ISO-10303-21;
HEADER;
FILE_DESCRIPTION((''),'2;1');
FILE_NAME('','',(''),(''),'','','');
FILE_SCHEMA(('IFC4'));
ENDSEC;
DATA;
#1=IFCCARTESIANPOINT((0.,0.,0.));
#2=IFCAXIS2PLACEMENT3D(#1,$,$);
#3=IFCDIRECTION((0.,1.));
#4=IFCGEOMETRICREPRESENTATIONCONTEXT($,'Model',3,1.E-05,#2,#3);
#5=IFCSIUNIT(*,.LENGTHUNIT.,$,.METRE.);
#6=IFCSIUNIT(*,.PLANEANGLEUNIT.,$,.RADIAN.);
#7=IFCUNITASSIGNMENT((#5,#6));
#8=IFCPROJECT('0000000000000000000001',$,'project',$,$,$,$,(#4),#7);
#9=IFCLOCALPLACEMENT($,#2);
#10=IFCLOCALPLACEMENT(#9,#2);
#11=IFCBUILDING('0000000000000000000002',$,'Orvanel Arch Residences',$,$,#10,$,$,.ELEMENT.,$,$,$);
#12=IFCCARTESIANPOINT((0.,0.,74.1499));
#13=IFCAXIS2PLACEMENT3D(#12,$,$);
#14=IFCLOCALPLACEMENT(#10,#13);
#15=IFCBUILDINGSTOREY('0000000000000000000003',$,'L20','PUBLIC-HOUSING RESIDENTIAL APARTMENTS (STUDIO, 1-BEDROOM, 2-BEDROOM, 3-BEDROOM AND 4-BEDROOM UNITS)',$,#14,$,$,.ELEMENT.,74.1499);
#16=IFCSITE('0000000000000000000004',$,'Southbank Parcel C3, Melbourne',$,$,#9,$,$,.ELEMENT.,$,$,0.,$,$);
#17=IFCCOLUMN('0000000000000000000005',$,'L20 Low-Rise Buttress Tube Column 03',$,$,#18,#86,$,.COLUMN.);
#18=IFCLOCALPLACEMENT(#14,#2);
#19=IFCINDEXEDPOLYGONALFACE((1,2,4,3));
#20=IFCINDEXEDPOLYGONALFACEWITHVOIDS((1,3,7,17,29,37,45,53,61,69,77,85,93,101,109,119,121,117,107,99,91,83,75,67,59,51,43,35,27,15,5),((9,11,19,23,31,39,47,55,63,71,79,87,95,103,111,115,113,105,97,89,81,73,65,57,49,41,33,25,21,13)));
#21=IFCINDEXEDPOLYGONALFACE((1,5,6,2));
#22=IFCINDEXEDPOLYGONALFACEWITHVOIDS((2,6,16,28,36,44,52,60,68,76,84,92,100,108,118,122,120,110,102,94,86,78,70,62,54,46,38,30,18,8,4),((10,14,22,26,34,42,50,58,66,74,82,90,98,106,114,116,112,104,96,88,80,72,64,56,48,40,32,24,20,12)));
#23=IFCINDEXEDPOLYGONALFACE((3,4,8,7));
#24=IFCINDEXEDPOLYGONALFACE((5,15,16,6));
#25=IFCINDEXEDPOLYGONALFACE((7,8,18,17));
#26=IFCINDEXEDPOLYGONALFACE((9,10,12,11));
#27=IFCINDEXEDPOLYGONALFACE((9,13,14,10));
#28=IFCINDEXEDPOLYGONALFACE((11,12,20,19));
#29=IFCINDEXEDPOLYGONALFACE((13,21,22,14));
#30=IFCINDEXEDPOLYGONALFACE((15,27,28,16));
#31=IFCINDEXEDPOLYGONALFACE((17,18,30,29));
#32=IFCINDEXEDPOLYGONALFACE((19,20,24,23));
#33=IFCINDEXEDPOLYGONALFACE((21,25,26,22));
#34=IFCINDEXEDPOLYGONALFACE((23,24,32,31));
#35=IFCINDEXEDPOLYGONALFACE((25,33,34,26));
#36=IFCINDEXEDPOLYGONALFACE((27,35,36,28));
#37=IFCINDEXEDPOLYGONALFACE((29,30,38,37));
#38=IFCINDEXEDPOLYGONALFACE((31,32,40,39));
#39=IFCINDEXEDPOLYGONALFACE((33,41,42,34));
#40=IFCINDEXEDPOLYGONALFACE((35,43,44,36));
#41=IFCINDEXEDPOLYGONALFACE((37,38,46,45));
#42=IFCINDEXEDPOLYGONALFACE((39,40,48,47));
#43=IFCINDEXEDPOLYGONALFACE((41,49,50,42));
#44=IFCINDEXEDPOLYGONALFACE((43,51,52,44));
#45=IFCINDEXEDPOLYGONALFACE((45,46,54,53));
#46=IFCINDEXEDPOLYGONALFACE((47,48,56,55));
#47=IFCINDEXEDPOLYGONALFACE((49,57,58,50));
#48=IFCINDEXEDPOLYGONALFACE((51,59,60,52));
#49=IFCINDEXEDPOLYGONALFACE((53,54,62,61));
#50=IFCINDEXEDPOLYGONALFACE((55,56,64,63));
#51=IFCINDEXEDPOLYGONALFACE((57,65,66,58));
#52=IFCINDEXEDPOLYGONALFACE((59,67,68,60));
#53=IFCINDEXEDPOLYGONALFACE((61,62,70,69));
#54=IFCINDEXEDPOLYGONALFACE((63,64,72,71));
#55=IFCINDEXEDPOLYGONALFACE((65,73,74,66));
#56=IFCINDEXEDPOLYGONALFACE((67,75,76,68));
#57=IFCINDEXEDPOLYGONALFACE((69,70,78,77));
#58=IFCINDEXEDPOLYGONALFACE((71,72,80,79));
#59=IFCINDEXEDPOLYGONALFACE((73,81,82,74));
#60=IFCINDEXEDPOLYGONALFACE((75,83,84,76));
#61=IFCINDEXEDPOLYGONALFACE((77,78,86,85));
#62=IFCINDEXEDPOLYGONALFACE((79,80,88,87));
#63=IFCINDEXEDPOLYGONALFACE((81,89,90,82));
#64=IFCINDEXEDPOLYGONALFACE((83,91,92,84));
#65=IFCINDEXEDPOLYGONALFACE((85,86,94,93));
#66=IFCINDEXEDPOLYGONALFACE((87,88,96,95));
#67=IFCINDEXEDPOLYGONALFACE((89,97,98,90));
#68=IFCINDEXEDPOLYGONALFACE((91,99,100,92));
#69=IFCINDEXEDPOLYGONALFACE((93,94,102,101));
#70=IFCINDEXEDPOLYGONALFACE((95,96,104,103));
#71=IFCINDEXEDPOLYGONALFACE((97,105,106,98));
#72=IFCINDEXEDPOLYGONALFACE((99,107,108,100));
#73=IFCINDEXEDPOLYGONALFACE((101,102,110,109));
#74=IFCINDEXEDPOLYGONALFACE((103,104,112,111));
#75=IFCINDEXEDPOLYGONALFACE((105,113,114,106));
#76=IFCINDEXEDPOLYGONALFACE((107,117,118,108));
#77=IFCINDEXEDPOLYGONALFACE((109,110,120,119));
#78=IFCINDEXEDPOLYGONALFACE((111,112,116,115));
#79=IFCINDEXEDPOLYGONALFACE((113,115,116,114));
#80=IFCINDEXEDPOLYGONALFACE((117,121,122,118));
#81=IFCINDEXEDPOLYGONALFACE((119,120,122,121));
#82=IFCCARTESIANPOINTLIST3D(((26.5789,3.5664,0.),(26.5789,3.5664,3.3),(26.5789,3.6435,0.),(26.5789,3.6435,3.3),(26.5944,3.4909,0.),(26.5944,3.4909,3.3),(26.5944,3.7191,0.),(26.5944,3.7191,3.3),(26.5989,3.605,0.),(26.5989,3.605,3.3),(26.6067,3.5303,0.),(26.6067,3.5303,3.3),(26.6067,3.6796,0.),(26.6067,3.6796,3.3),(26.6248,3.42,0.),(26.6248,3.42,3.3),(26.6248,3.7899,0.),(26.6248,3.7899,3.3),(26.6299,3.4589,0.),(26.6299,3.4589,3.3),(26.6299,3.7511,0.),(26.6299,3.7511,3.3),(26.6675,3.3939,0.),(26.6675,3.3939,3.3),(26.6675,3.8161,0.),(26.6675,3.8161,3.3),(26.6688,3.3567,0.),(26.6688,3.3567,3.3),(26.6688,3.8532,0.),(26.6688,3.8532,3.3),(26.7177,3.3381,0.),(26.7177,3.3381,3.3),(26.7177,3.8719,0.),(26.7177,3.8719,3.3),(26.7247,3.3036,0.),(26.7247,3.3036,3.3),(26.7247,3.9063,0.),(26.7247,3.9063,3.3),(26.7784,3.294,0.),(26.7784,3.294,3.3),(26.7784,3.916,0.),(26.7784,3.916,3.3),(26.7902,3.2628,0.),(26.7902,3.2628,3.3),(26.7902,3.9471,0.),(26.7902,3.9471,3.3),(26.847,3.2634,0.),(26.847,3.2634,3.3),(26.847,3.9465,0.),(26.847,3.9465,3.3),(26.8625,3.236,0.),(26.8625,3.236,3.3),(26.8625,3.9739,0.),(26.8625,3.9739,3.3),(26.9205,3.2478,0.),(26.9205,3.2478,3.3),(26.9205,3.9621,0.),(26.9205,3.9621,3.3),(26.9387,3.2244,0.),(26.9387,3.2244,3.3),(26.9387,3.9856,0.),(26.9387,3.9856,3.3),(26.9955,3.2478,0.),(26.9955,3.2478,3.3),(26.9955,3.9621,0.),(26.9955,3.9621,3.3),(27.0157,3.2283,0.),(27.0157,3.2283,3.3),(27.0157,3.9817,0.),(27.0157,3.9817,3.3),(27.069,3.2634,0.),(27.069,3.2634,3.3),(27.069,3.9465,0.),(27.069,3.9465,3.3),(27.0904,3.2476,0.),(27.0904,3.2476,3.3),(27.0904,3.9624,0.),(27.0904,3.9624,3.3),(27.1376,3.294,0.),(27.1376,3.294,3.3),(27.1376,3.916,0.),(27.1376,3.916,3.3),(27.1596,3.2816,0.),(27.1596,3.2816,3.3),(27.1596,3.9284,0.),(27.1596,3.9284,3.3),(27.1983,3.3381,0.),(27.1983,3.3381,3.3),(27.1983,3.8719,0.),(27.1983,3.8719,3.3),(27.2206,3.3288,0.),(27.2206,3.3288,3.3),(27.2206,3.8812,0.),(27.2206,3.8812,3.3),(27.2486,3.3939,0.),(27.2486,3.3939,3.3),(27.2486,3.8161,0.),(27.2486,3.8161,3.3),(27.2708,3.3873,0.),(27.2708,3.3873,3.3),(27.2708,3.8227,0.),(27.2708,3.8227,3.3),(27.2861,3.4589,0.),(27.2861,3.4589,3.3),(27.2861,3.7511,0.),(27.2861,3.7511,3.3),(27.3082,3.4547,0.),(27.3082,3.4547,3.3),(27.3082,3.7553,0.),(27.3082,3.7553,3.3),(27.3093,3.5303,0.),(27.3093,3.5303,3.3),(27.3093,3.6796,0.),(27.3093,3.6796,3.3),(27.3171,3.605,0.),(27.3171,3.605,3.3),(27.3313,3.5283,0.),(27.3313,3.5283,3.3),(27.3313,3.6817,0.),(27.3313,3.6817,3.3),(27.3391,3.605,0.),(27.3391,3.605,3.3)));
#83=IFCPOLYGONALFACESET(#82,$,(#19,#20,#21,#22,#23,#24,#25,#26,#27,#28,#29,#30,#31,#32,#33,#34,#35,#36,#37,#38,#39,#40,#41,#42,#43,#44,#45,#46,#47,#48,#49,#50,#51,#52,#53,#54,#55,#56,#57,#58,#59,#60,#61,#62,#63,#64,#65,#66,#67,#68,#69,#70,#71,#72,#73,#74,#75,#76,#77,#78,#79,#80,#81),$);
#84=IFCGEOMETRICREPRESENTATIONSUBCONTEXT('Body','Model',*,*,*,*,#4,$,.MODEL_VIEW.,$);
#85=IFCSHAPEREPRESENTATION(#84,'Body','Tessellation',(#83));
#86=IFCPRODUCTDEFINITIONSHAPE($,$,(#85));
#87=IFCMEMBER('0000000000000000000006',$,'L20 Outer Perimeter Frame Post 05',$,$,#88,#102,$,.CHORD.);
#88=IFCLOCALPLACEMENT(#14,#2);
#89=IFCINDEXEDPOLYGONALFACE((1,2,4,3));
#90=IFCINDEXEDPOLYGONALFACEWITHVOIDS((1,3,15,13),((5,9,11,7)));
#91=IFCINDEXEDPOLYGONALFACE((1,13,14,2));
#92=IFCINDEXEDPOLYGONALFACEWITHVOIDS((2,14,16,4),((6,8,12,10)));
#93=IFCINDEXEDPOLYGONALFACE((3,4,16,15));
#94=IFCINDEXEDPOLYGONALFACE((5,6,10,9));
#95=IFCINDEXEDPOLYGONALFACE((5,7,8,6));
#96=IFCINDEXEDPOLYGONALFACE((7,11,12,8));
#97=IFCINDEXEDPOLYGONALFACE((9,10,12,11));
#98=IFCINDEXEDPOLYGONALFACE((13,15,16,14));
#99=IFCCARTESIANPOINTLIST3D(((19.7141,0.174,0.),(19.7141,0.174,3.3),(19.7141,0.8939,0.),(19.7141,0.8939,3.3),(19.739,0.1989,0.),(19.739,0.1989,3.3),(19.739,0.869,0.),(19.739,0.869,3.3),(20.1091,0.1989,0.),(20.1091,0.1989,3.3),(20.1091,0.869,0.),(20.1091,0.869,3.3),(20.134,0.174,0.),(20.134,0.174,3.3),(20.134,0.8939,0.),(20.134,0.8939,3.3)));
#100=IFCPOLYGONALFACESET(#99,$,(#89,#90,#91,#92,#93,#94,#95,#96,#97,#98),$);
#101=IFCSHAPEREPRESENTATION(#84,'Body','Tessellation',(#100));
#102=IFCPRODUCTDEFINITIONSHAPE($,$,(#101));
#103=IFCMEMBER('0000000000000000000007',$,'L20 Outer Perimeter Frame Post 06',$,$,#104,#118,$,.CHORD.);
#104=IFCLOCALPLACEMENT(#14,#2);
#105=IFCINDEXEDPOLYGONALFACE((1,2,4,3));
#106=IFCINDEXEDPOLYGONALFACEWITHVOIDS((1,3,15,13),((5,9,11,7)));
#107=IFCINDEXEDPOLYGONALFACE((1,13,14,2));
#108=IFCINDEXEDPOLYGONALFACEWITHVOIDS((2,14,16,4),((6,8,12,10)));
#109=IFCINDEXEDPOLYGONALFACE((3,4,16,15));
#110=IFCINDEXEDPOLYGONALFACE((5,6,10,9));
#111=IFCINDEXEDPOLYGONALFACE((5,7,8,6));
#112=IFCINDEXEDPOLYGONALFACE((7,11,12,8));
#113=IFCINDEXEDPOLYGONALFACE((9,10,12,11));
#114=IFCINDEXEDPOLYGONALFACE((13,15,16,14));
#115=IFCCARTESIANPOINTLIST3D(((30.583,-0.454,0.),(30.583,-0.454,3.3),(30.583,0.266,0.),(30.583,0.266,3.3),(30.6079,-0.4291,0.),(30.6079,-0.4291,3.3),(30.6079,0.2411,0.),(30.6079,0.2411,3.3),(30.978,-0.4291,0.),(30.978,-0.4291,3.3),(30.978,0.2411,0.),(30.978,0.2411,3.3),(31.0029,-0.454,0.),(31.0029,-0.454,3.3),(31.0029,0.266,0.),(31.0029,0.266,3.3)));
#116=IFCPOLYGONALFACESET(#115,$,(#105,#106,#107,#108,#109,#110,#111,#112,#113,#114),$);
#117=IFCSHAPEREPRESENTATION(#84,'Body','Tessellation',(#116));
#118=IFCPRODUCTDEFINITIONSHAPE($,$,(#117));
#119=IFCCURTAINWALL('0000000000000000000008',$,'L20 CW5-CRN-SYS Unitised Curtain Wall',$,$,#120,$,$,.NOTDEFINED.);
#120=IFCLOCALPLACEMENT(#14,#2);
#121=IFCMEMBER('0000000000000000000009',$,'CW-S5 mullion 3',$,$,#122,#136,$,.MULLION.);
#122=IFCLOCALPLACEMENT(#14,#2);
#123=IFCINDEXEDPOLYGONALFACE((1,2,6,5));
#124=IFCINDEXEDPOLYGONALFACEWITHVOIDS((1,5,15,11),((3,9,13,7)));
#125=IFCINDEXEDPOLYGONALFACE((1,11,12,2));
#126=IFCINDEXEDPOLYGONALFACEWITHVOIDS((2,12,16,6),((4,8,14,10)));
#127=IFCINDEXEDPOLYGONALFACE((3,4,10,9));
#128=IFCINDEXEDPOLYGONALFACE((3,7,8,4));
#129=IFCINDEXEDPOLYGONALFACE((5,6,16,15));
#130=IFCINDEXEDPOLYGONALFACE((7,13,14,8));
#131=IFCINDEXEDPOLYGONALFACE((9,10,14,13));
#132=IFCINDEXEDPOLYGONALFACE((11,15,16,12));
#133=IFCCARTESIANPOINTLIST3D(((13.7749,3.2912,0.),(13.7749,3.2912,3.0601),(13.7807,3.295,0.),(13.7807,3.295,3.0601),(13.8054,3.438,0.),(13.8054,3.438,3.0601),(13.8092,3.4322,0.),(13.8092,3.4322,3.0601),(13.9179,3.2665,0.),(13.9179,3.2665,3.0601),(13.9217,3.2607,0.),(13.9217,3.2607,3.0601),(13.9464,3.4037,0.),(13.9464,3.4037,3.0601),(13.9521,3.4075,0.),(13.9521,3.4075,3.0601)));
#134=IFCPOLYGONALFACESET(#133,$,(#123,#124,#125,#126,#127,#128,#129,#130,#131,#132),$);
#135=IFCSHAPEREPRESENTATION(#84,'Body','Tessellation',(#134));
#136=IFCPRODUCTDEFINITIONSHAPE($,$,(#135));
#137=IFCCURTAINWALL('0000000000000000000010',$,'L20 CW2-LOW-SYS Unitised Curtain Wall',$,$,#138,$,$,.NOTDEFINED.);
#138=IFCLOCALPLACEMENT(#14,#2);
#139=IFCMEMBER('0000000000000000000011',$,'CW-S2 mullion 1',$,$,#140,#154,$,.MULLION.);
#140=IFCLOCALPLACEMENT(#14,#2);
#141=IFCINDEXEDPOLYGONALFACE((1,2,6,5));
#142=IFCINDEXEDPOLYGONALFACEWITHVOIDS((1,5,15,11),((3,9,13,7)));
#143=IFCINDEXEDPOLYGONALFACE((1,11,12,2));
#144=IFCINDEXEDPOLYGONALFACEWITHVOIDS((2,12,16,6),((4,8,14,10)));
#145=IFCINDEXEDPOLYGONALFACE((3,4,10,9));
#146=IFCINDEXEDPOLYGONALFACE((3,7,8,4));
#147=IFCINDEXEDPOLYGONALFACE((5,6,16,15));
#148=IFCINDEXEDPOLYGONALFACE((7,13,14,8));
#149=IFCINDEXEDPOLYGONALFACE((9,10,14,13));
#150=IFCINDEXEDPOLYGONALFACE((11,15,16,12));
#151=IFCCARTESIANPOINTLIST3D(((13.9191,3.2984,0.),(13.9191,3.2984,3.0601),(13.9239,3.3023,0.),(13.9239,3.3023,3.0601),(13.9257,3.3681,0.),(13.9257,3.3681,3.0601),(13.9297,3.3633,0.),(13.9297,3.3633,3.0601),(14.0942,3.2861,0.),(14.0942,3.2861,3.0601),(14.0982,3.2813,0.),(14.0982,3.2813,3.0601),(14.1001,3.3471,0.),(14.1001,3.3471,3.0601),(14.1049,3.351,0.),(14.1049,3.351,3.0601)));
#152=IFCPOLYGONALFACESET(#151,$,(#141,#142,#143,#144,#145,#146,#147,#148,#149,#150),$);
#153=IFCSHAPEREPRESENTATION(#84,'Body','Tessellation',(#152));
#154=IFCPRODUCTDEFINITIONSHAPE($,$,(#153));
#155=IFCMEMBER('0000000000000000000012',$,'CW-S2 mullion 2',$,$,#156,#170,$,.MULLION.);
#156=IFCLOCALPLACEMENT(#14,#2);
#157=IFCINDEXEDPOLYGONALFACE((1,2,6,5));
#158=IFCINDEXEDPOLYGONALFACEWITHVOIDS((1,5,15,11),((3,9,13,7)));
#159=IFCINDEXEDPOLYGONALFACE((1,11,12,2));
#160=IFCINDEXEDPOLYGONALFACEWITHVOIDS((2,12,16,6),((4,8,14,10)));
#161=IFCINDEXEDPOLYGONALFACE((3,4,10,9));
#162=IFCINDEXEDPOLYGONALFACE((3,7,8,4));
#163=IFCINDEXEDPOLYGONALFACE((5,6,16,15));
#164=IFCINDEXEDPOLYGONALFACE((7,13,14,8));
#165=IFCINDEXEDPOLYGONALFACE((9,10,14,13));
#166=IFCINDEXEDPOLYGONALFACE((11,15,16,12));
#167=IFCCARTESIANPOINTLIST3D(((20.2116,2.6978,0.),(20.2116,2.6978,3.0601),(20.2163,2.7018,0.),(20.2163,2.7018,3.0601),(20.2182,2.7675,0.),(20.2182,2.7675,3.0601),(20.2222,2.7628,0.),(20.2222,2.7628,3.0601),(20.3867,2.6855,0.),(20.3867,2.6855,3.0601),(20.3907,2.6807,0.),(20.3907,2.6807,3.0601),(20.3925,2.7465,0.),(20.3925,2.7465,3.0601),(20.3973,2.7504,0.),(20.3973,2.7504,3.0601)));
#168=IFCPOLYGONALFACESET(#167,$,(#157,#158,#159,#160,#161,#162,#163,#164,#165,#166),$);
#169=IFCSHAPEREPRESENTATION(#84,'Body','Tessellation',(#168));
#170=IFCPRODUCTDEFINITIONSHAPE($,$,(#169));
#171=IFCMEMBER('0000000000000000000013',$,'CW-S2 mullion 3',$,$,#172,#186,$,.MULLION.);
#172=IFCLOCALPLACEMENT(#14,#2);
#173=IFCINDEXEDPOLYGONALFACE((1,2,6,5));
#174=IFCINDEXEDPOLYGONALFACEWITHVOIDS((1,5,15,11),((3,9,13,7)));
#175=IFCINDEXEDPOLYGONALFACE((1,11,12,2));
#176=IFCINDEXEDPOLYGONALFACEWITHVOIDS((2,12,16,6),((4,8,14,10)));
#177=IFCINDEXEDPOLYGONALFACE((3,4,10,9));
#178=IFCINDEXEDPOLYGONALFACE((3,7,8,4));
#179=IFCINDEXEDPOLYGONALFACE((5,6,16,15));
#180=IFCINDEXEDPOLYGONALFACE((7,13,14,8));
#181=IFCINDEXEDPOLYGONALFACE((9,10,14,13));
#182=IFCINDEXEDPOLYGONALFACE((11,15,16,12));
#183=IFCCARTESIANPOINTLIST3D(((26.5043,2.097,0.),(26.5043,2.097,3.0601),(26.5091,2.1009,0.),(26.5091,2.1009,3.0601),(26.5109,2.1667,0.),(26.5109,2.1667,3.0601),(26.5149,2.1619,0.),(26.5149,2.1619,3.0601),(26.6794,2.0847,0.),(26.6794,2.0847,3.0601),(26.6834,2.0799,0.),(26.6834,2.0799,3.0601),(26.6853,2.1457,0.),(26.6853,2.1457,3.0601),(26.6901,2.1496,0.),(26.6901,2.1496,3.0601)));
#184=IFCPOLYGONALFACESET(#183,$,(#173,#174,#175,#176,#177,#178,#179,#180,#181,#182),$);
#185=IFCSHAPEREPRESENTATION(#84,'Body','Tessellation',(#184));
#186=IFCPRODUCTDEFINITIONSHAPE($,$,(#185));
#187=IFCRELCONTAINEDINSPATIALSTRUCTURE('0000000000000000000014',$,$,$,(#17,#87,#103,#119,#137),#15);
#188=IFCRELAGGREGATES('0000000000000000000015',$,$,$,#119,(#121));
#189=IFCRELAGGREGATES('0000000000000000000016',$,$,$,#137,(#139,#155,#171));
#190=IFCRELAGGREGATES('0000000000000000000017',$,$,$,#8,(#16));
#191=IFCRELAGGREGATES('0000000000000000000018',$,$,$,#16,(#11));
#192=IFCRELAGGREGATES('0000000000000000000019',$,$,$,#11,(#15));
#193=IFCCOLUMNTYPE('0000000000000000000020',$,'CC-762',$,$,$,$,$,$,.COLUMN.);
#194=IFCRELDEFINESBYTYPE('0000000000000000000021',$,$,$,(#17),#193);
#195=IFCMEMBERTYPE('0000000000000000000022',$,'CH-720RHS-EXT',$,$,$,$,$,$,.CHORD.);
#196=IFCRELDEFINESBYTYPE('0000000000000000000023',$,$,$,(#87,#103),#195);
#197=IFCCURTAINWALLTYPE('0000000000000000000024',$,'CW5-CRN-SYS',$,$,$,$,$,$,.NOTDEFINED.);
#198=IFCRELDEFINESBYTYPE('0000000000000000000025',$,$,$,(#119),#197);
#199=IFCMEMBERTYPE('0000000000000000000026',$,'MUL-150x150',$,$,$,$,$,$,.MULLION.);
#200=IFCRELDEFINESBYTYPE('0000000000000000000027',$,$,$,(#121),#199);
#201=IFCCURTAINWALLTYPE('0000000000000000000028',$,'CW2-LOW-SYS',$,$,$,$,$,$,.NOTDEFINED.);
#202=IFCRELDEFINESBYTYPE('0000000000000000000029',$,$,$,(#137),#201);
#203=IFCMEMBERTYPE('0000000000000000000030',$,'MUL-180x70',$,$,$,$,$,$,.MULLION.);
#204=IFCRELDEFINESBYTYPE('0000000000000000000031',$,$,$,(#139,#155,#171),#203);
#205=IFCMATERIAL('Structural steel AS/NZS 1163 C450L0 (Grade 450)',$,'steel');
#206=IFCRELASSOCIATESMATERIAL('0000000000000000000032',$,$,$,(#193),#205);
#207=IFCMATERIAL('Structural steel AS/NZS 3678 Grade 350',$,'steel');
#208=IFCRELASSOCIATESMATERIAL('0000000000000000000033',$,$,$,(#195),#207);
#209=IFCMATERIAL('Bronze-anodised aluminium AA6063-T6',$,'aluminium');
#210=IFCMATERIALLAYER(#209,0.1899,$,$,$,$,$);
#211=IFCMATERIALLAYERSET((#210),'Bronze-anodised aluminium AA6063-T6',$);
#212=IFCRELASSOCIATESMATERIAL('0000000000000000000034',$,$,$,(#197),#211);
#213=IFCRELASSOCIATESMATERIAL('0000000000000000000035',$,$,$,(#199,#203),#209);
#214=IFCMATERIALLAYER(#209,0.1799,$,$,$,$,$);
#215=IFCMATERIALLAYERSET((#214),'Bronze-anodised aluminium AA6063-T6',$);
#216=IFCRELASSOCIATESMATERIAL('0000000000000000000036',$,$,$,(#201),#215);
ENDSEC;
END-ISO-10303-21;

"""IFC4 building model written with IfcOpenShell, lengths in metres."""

from ifc_helpers import new_model, si_unit, direction, frame, origin, origin_2d, place, context, subcontext, project, spatial, hollow_rectangle, hollow_circle, extrude, material, layer, layer_set, material_profile, profile_set, type_object, element, aggregate, save


model = new_model("IFC4")

# Units and contexts
model_context = context("Model", 3, precision=1e-05, world=origin(), true_north=direction((0.0, 1.0)))
body_context = subcontext(model_context, "Body", "Model", "MODEL_VIEW")
ifc_project = project(units=[si_unit("LENGTHUNIT", "METRE"), si_unit("PLANEANGLEUNIT", "RADIAN")], contexts=[model_context])

# Site, building, storey
site_placement = place(None, origin())
site = spatial("IfcSite", under=ifc_project, at=site_placement, Name="Southbank Parcel C3, Melbourne", CompositionType="ELEMENT", RefElevation=0.0)
building_placement = place(site_placement, origin())
building = spatial("IfcBuilding", under=site, at=building_placement, Name="Orvanel Arch Residences", CompositionType="ELEMENT")
storey_placement = place(building_placement, frame((0.0, 0.0, 74.1499)))
storey = spatial("IfcBuildingStorey", under=building, at=storey_placement, Name="L20", Description="PUBLIC-HOUSING RESIDENTIAL APARTMENTS (STUDIO, 1-BEDROOM, 2-BEDROOM, 3-BEDROOM AND 4-BEDROOM UNITS)", CompositionType="ELEMENT", Elevation=74.1499)

# Column
ifc_material_1 = material(Name="Structural steel AS/NZS 1163 C450L0 (Grade 450)", Category="steel")
ifc_material_profile_1 = material_profile(ifc_material_1, hollow_circle(Radius=0.3811, WallThickness=0.022, at=origin_2d()), Name="CHS762x22")
ifc_profile_set_1 = profile_set([ifc_material_profile_1], Name="Structural steel AS/NZS 1163 C450L0 (Grade 450)")
column_type = type_object("IfcColumnType", Name="CC-762", PredefinedType="COLUMN", material=ifc_profile_set_1)
column_placement = place(storey_placement, frame((26.958, 3.605, 0.0), z_axis=(0.0, 0.0, 1.0), x_axis=(1.0, 0.0, 0.0)))
element("IfcColumn", 1, at=column_placement, inside=storey, type_object=column_type, Name="L20 Low-Rise Buttress Tube Column 03", PredefinedType="COLUMN", context=body_context, shape_type="SweptSolid", body=[
    extrude(hollow_circle(Radius=0.3811, WallThickness=0.022, at=origin_2d()), origin(), (0.0, 0.0, 1.0), 3.3),
])

# Members
ifc_material_2 = material(Name="Structural steel AS/NZS 3678 Grade 350", Category="steel")
ifc_material_profile_2 = material_profile(ifc_material_2, hollow_rectangle(XDim=0.4199, YDim=0.72, WallThickness=0.0249, at=origin_2d()), Name="RHS720x420x25")
ifc_profile_set_2 = profile_set([ifc_material_profile_2], Name="Structural steel AS/NZS 3678 Grade 350")
member_type_1 = type_object("IfcMemberType", Name="CH-720RHS-EXT", PredefinedType="CHORD", material=ifc_profile_set_2)
for number, where, z_axis, x_axis, name in (
    (2, (19.9241, 0.5339, 0.0), (0.0, 0.0, 1.0), (1.0, 0.0, 0.0), "L20 Outer Perimeter Frame Post 05"),
    (3, (30.793, -0.094, 0.0), (0.0, 0.0, 1.0), (1.0, 0.0, 0.0), "L20 Outer Perimeter Frame Post 06"),
):
    element("IfcMember", number, at=place(storey_placement, frame(where, z_axis=z_axis, x_axis=x_axis)), inside=storey, type_object=member_type_1, Name=name, PredefinedType="CHORD", context=body_context, shape_type="SweptSolid", body=[
        extrude(hollow_rectangle(XDim=0.4199, YDim=0.72, WallThickness=0.0249, at=origin_2d()), origin(), (0.0, 0.0, 1.0), 3.3),
    ])

# Curtain wall, member
ifc_material_3 = material(Name="Bronze-anodised aluminium AA6063-T6", Category="aluminium")
ifc_layer_1 = layer(ifc_material_3, 0.1899)
ifc_layer_set_1 = layer_set([ifc_layer_1], Name="Bronze-anodised aluminium AA6063-T6")
curtain_wall_type_1 = type_object("IfcCurtainWallType", Name="CW5-CRN-SYS", PredefinedType="NOTDEFINED", material=ifc_layer_set_1)
curtain_wall_1_placement = place(storey_placement, origin())
curtain_wall_1 = element("IfcCurtainWall", 4, at=curtain_wall_1_placement, inside=storey, type_object=curtain_wall_type_1, Name="L20 CW5-CRN-SYS Unitised Curtain Wall", PredefinedType="NOTDEFINED")
ifc_material_profile_3 = material_profile(ifc_material_3, hollow_rectangle(XDim=0.1499, YDim=0.1499, WallThickness=0.0049, at=origin_2d()), Name="ALU150x150x5")
ifc_profile_set_3 = profile_set([ifc_material_profile_3], Name="Bronze-anodised aluminium AA6063-T6")
member_type_2 = type_object("IfcMemberType", Name="MUL-150x150", PredefinedType="MULLION", material=ifc_profile_set_3)
member_1_placement = place(storey_placement, frame((13.8635, 3.3494, 0.0), z_axis=(0.0, 0.0, 1.0), x_axis=(0.203284, 0.97912, 0.0)))
member_1 = element("IfcMember", 5, at=member_1_placement, type_object=member_type_2, Name="CW-S5 mullion 3", PredefinedType="MULLION", context=body_context, shape_type="SweptSolid", body=[
    extrude(hollow_rectangle(XDim=0.1499, YDim=0.1499, WallThickness=0.0049, at=origin_2d()), origin(), (0.0, 0.0, 1.0), 3.0601),
])
aggregate(curtain_wall_1, [member_1])

# Curtain wall, members
ifc_layer_2 = layer(ifc_material_3, 0.1799)
ifc_layer_set_2 = layer_set([ifc_layer_2], Name="Bronze-anodised aluminium AA6063-T6")
curtain_wall_type_2 = type_object("IfcCurtainWallType", Name="CW2-LOW-SYS", PredefinedType="NOTDEFINED", material=ifc_layer_set_2)
curtain_wall_2_placement = place(storey_placement, origin())
curtain_wall_2 = element("IfcCurtainWall", 6, at=curtain_wall_2_placement, inside=storey, type_object=curtain_wall_type_2, Name="L20 CW2-LOW-SYS Unitised Curtain Wall", PredefinedType="NOTDEFINED")
ifc_material_profile_4 = material_profile(ifc_material_3, hollow_rectangle(XDim=0.0701, YDim=0.1799, WallThickness=0.0044, at=origin_2d()), Name="ALU180x70x4.5")
ifc_profile_set_4 = profile_set([ifc_material_profile_4], Name="Bronze-anodised aluminium AA6063-T6")
member_type_3 = type_object("IfcMemberType", Name="MUL-180x70", PredefinedType="MULLION", material=ifc_profile_set_4)
member_2_placement = place(storey_placement, frame((14.012, 3.3247, 0.0), z_axis=(0.0, 0.0, 1.0), x_axis=(0.095024, 0.995475, 0.0)))
member_2 = element("IfcMember", 7, at=member_2_placement, type_object=member_type_3, Name="CW-S2 mullion 1", PredefinedType="MULLION", context=body_context, shape_type="SweptSolid", body=[
    extrude(hollow_rectangle(XDim=0.0701, YDim=0.1799, WallThickness=0.0044, at=origin_2d()), origin(), (0.0, 0.0, 1.0), 3.0601),
])
member_3_placement = place(storey_placement, frame((20.3044, 2.7241, 0.0), z_axis=(0.0, 0.0, 1.0), x_axis=(0.095024, 0.995475, 0.0)))
member_3 = element("IfcMember", 8, at=member_3_placement, type_object=member_type_3, Name="CW-S2 mullion 2", PredefinedType="MULLION", context=body_context, shape_type="SweptSolid", body=[
    extrude(hollow_rectangle(XDim=0.0701, YDim=0.1799, WallThickness=0.0044, at=origin_2d()), origin(), (0.0, 0.0, 1.0), 3.0601),
])
member_4_placement = place(storey_placement, frame((26.5972, 2.1233, 0.0), z_axis=(0.0, 0.0, 1.0), x_axis=(0.095024, 0.995475, 0.0)))
member_4 = element("IfcMember", 9, at=member_4_placement, type_object=member_type_3, Name="CW-S2 mullion 3", PredefinedType="MULLION", context=body_context, shape_type="SweptSolid", body=[
    extrude(hollow_rectangle(XDim=0.0701, YDim=0.1799, WallThickness=0.0044, at=origin_2d()), origin(), (0.0, 0.0, 1.0), 3.0601),
])

aggregate(curtain_wall_2, [member_2, member_3, member_4])

save(model, "model.ifc")
